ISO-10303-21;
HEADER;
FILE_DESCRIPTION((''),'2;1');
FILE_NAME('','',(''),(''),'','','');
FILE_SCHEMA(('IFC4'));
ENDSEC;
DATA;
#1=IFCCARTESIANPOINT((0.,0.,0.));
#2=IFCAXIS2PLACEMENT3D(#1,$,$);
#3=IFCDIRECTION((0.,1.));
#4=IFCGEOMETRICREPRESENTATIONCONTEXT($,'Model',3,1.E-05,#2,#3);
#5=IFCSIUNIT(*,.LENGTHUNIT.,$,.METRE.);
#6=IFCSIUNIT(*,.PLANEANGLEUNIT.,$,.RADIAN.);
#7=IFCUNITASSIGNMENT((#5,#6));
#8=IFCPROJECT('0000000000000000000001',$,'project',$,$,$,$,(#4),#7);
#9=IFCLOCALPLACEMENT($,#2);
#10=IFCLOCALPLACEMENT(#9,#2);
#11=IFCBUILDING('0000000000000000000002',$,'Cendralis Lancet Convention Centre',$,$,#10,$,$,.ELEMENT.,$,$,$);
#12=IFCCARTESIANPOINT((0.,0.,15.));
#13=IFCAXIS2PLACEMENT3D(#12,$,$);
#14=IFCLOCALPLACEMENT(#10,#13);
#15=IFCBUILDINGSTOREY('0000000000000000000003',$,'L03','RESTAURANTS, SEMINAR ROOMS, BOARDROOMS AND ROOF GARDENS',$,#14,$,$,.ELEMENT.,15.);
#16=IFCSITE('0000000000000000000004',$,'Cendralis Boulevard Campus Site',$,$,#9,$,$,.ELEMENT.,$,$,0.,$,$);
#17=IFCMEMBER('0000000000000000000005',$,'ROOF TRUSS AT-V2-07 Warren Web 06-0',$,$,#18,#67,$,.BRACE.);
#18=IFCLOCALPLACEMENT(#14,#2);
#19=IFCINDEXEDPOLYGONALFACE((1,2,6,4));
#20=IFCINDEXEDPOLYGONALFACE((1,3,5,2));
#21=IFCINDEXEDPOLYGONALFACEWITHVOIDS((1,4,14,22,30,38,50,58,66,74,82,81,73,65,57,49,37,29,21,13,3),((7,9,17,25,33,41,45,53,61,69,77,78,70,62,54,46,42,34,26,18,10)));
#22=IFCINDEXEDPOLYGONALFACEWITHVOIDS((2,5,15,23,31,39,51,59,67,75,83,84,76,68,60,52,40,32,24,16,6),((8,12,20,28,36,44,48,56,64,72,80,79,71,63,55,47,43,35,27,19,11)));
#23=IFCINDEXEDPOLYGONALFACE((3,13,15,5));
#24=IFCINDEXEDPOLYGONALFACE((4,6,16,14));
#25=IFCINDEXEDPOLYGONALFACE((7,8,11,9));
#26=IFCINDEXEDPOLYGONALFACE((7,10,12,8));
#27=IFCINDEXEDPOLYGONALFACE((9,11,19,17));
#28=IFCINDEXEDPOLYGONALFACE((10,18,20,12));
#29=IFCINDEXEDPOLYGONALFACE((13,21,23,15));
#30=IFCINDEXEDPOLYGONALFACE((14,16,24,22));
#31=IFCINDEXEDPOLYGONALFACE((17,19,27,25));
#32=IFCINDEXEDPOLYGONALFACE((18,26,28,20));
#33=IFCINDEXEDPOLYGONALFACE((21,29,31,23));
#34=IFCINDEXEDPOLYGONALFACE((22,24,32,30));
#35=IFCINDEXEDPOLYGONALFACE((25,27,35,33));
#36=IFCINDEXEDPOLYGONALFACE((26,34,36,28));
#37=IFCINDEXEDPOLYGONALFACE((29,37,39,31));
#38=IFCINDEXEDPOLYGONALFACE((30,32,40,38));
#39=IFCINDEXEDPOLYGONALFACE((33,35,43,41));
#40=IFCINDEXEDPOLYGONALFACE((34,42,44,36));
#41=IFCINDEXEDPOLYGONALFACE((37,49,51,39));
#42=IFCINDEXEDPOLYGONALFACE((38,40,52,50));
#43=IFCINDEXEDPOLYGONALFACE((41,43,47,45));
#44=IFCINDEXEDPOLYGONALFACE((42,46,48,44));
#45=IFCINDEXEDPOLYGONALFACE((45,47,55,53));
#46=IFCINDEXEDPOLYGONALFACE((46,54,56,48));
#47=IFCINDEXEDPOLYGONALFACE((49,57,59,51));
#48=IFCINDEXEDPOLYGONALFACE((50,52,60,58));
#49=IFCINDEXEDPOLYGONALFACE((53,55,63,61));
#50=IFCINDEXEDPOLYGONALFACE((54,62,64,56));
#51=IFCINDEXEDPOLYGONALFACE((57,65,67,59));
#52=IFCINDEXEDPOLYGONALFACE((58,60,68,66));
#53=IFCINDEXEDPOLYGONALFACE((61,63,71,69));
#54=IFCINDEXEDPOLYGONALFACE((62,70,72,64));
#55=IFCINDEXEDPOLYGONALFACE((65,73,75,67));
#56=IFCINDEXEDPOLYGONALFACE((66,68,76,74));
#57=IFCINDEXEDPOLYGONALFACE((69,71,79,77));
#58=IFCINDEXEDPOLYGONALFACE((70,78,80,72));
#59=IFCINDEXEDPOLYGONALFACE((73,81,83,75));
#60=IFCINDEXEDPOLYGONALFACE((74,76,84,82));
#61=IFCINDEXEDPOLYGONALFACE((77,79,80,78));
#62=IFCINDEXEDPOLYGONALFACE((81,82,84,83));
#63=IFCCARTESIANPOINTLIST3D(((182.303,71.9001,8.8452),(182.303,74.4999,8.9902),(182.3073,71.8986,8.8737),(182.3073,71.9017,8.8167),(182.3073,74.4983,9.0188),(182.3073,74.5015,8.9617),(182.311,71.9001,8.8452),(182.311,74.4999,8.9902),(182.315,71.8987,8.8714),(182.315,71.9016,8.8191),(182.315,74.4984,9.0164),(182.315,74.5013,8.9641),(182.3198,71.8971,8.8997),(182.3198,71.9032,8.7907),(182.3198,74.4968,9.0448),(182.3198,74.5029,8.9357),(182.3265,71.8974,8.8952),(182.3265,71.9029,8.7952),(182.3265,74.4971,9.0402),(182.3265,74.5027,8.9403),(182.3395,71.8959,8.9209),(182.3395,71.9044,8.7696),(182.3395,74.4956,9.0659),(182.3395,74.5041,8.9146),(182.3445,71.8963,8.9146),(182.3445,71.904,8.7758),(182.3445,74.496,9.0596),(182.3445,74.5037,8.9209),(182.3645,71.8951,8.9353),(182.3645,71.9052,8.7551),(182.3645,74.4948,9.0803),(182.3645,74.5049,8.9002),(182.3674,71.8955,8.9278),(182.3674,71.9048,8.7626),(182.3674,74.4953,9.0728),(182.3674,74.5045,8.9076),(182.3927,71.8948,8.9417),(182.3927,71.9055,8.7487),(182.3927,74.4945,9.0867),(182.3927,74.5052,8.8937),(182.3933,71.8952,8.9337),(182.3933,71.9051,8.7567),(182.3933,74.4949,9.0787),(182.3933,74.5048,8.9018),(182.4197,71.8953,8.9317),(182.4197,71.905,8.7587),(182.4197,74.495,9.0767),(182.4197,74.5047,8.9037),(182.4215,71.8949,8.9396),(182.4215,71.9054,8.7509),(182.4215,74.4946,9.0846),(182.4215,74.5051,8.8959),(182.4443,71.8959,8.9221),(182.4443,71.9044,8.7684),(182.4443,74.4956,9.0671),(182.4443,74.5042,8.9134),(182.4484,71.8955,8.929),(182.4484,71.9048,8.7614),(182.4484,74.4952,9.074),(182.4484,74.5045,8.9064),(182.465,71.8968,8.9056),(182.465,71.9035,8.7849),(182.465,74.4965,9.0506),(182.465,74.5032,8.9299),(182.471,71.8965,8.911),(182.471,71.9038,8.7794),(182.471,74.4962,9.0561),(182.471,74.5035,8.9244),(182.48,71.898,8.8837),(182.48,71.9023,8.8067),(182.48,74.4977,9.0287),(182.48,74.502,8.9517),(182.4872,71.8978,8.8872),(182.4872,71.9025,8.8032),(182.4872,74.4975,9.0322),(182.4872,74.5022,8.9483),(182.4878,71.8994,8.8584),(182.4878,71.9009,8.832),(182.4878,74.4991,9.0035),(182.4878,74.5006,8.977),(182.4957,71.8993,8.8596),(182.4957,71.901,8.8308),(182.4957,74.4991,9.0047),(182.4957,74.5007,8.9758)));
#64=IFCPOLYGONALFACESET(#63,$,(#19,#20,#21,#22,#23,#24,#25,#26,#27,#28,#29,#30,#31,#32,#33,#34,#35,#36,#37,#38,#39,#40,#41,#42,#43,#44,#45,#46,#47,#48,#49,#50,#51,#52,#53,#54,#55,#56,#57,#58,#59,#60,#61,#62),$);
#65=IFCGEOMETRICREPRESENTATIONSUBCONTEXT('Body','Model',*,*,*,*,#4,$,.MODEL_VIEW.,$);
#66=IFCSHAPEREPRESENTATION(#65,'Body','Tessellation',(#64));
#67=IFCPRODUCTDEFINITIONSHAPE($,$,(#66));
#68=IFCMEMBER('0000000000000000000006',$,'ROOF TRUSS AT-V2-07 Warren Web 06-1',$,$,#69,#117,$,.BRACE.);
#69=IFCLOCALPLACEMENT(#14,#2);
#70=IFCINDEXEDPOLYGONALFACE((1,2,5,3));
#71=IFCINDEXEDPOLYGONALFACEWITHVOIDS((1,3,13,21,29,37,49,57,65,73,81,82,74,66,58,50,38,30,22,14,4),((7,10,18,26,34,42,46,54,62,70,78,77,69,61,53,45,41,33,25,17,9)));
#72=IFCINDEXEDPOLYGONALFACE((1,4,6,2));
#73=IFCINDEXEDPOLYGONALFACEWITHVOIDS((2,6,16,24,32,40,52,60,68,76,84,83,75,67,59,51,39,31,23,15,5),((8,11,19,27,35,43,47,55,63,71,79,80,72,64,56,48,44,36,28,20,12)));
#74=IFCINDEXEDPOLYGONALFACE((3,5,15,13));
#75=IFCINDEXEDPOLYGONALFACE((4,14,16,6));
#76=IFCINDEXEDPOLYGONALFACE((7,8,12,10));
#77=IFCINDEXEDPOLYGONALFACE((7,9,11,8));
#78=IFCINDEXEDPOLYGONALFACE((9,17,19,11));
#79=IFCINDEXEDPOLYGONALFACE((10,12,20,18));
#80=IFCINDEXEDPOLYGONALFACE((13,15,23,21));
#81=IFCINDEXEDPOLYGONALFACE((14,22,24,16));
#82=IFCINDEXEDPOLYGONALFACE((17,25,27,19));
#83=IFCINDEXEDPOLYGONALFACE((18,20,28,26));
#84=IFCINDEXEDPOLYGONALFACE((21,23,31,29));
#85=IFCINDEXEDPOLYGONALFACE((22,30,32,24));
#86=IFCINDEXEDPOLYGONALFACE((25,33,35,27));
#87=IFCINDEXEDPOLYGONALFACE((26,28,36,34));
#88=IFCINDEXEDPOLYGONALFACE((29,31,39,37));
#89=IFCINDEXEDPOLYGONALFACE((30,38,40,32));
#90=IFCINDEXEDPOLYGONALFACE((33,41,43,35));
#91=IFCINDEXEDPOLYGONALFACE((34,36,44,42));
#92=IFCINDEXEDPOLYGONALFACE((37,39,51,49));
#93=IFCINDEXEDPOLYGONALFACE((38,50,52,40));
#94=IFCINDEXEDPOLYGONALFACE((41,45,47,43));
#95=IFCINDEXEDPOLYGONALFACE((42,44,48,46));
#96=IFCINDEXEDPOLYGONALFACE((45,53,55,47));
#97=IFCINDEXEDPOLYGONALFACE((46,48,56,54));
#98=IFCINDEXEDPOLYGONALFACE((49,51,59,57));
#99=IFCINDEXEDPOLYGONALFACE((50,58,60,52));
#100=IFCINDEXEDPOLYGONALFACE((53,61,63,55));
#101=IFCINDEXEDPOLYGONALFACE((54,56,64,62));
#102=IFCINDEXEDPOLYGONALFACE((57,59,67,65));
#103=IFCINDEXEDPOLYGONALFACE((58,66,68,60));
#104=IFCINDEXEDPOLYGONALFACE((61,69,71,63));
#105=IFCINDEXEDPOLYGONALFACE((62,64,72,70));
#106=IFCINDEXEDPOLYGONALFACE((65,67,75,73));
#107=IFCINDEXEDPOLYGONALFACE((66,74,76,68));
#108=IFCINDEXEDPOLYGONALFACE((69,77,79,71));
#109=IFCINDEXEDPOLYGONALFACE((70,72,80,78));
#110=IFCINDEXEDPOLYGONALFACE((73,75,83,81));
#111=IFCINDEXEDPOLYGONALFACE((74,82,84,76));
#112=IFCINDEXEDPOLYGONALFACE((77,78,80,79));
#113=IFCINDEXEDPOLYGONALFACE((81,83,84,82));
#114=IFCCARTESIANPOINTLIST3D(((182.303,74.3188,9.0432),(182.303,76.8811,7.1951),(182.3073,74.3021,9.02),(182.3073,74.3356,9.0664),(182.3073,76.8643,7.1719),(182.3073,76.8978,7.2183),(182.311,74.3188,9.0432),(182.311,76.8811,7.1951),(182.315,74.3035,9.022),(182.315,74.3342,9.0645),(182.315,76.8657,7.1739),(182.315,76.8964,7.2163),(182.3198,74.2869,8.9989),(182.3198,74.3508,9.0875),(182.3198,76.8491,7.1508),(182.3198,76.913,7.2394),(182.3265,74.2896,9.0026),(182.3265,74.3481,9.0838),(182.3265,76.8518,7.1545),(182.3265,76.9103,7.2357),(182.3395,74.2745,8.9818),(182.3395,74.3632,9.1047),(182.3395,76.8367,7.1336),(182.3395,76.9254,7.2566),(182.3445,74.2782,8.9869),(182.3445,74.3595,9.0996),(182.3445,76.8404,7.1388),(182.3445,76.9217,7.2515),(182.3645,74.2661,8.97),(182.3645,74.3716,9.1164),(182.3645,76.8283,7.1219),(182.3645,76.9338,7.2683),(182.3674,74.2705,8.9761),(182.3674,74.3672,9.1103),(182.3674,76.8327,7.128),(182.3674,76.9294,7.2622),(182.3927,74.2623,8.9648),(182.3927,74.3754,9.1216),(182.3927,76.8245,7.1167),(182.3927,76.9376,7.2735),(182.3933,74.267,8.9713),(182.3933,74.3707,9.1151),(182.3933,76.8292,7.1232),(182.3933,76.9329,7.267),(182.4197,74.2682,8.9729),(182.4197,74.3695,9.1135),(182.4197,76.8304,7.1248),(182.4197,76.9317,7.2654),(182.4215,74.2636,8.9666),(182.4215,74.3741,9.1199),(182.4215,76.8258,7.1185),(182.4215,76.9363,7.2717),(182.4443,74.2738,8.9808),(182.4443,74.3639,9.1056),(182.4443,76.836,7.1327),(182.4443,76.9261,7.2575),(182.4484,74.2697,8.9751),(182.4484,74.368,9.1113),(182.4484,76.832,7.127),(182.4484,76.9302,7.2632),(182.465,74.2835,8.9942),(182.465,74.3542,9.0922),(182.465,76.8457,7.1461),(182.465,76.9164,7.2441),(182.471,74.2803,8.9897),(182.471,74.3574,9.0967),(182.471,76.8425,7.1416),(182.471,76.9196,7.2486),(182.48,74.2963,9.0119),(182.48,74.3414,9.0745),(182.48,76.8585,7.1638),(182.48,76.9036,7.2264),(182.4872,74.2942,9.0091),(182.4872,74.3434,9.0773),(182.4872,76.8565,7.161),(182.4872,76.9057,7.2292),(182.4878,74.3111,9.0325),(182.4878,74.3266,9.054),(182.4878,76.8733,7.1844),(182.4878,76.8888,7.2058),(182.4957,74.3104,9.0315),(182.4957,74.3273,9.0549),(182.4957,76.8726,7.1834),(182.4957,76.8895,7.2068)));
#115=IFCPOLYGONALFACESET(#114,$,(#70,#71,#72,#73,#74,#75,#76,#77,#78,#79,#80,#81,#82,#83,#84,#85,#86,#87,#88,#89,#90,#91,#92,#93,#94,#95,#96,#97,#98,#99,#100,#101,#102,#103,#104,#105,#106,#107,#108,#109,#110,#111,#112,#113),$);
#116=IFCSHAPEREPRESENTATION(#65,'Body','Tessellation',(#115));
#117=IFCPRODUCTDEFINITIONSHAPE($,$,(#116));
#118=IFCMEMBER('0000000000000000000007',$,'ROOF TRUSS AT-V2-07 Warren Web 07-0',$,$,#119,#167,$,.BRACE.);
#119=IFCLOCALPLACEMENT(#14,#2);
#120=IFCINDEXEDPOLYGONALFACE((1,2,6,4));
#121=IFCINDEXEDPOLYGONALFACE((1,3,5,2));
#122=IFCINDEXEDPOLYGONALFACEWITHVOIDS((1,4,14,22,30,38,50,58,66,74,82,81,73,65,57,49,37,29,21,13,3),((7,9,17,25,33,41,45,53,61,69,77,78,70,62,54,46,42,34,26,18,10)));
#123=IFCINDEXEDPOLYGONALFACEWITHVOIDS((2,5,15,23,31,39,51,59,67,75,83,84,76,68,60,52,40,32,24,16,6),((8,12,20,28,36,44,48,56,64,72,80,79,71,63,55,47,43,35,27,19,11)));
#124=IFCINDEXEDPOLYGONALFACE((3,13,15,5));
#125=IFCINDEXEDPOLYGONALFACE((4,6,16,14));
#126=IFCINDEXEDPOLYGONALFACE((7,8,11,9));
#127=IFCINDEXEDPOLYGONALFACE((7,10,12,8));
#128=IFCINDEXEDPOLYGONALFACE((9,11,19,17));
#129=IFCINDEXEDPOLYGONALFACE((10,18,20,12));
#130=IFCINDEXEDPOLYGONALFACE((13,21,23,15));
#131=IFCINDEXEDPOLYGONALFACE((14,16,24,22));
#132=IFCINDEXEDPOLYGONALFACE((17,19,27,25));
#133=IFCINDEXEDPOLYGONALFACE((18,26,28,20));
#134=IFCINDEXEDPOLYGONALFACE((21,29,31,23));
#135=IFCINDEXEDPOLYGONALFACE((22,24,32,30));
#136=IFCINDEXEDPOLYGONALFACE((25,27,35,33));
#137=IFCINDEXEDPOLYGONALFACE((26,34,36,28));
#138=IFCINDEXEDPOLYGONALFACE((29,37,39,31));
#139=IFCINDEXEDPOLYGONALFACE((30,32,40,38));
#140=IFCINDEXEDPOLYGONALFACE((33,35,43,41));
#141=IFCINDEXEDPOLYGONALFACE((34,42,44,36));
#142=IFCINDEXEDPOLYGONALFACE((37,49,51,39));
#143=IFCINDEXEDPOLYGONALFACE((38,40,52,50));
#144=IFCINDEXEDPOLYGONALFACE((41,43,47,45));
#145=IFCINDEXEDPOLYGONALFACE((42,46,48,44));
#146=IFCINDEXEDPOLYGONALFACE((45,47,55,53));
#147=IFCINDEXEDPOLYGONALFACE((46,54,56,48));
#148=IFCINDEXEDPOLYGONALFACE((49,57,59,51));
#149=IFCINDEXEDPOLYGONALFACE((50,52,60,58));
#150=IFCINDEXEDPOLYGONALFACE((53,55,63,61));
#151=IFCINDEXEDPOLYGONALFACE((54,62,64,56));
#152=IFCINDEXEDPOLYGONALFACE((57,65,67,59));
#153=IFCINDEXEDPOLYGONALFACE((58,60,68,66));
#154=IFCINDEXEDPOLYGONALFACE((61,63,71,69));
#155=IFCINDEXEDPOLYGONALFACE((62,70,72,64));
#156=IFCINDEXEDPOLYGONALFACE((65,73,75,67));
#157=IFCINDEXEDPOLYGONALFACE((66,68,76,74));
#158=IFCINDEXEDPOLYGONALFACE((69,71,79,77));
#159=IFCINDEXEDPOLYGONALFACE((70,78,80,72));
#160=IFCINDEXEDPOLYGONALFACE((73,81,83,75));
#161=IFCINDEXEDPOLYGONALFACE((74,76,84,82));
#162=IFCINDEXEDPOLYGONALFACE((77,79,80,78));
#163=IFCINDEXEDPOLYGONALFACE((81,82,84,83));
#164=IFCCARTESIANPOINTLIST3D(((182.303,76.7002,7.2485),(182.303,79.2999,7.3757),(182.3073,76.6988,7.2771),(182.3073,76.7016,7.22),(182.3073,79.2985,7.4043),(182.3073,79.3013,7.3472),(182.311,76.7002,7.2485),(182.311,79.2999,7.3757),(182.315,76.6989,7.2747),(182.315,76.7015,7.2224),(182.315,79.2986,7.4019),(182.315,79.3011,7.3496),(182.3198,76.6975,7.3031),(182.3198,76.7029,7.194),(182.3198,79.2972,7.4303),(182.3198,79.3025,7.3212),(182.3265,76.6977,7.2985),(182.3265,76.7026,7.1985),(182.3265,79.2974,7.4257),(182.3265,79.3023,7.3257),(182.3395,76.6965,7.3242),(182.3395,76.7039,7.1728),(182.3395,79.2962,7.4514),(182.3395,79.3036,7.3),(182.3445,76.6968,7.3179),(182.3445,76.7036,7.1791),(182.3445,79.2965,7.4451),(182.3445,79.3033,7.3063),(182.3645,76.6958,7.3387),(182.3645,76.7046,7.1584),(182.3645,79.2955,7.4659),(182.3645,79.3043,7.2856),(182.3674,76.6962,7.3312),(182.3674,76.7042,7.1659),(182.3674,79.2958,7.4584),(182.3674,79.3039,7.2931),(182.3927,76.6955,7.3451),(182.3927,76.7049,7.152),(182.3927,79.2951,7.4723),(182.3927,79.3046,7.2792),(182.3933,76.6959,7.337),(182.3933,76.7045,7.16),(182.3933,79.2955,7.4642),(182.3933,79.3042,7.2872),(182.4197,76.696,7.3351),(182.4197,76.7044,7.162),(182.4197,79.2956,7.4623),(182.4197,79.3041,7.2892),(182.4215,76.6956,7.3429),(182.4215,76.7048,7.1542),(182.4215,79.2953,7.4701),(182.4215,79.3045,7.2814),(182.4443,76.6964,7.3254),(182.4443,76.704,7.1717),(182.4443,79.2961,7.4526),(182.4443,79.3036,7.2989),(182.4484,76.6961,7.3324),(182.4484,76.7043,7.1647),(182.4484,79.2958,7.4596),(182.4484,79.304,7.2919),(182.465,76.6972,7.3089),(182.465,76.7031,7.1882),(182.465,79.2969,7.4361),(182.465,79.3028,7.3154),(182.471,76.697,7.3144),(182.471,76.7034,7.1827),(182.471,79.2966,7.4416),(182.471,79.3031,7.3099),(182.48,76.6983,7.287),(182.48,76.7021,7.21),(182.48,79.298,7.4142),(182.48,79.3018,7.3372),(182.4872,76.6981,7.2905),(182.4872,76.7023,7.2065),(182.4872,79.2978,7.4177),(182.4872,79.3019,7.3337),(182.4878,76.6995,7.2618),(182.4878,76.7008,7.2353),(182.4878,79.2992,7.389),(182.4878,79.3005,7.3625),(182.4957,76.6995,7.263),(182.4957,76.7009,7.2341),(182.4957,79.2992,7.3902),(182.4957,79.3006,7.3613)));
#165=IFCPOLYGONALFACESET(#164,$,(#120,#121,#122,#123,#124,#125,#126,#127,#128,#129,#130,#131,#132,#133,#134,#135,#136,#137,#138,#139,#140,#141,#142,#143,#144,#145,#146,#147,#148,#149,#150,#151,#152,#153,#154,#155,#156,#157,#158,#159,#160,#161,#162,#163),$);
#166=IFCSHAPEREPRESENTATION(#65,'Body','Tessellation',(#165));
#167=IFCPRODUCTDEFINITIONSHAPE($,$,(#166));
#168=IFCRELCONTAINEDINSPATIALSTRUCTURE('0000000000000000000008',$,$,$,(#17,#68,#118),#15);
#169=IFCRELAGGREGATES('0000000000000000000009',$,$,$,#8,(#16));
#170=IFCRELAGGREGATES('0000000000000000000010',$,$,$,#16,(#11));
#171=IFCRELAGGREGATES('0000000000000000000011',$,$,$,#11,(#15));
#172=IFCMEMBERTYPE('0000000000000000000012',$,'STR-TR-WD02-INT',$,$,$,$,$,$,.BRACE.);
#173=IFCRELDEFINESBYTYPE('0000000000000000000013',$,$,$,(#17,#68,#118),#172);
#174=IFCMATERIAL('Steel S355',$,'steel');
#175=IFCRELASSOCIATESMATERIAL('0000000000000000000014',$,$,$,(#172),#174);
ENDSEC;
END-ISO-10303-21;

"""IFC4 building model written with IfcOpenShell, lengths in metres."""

from ifc_helpers import new_model, si_unit, direction, frame, origin, origin_2d, place, context, subcontext, project, spatial, hollow_circle, extrude, material, material_profile, profile_set, type_object, element, save


model = new_model("IFC4")

# Units and contexts
model_context = context("Model", 3, precision=1e-05, world=origin(), true_north=direction((0.0, 1.0)))
body_context = subcontext(model_context, "Body", "Model", "MODEL_VIEW")
ifc_project = project(units=[si_unit("LENGTHUNIT", "METRE"), si_unit("PLANEANGLEUNIT", "RADIAN")], contexts=[model_context])

# Site, building, storey
site_placement = place(None, origin())
site = spatial("IfcSite", under=ifc_project, at=site_placement, Name="Cendralis Boulevard Campus Site", CompositionType="ELEMENT", RefElevation=0.0)
building_placement = place(site_placement, origin())
building = spatial("IfcBuilding", under=site, at=building_placement, Name="Cendralis Lancet Convention Centre", CompositionType="ELEMENT")
storey_placement = place(building_placement, frame((0.0, 0.0, 15.0)))
storey = spatial("IfcBuildingStorey", under=building, at=storey_placement, Name="L03", Description="RESTAURANTS, SEMINAR ROOMS, BOARDROOMS AND ROOF GARDENS", CompositionType="ELEMENT", Elevation=15.0)

# Shared definitions
ifc_material = material(Name="Steel S355", Category="steel")

# Members
ifc_material_profile_1 = material_profile(ifc_material, hollow_circle(Radius=0.0969, WallThickness=0.0081, at=origin_2d()), Name="CHS 193.7x8.0")
ifc_profile_set_1 = profile_set([ifc_material_profile_1], Name="Steel S355")
member_type_1 = type_object("IfcMemberType", Name="STR-TR-WD02-INT", PredefinedType="BRACE", material=ifc_profile_set_1)
member_1_placement = place(storey_placement, frame((182.3999, 71.9001, 8.8452), z_axis=(0.0, 0.998448, 0.055699), x_axis=(-1.0, 0.0, 0.0)))
element("IfcMember", 1, at=member_1_placement, inside=storey, type_object=member_type_1, Name="ROOF TRUSS AT-V2-07 Warren Web 06-0", PredefinedType="BRACE", context=body_context, shape_type="SweptSolid", body=[
    extrude(hollow_circle(Radius=0.0969, WallThickness=0.0081, at=origin_2d()), origin(), (0.0, 0.0, 1.0), 2.6038),
])
member_2_placement = place(storey_placement, frame((182.3999, 74.3188, 9.0432), z_axis=(0.0, 0.811036, -0.584997), x_axis=(-1.0, 0.0, 0.0)))
element("IfcMember", 2, at=member_2_placement, inside=storey, type_object=member_type_1, Name="ROOF TRUSS AT-V2-07 Warren Web 06-1", PredefinedType="BRACE", context=body_context, shape_type="SweptSolid", body=[
    extrude(hollow_circle(Radius=0.0969, WallThickness=0.0081, at=origin_2d()), origin(), (0.0, 0.0, 1.0), 3.1592),
])
member_3_placement = place(storey_placement, frame((182.3999, 76.7002, 7.2485), z_axis=(0.0, 0.998805, 0.048871), x_axis=(-1.0, 0.0, 0.0)))
element("IfcMember", 3, at=member_3_placement, inside=storey, type_object=member_type_1, Name="ROOF TRUSS AT-V2-07 Warren Web 07-0", PredefinedType="BRACE", context=body_context, shape_type="SweptSolid", body=[
    extrude(hollow_circle(Radius=0.0969, WallThickness=0.0081, at=origin_2d()), origin(), (0.0, 0.0, 1.0), 2.6028),
])

save(model, "model.ifc")
